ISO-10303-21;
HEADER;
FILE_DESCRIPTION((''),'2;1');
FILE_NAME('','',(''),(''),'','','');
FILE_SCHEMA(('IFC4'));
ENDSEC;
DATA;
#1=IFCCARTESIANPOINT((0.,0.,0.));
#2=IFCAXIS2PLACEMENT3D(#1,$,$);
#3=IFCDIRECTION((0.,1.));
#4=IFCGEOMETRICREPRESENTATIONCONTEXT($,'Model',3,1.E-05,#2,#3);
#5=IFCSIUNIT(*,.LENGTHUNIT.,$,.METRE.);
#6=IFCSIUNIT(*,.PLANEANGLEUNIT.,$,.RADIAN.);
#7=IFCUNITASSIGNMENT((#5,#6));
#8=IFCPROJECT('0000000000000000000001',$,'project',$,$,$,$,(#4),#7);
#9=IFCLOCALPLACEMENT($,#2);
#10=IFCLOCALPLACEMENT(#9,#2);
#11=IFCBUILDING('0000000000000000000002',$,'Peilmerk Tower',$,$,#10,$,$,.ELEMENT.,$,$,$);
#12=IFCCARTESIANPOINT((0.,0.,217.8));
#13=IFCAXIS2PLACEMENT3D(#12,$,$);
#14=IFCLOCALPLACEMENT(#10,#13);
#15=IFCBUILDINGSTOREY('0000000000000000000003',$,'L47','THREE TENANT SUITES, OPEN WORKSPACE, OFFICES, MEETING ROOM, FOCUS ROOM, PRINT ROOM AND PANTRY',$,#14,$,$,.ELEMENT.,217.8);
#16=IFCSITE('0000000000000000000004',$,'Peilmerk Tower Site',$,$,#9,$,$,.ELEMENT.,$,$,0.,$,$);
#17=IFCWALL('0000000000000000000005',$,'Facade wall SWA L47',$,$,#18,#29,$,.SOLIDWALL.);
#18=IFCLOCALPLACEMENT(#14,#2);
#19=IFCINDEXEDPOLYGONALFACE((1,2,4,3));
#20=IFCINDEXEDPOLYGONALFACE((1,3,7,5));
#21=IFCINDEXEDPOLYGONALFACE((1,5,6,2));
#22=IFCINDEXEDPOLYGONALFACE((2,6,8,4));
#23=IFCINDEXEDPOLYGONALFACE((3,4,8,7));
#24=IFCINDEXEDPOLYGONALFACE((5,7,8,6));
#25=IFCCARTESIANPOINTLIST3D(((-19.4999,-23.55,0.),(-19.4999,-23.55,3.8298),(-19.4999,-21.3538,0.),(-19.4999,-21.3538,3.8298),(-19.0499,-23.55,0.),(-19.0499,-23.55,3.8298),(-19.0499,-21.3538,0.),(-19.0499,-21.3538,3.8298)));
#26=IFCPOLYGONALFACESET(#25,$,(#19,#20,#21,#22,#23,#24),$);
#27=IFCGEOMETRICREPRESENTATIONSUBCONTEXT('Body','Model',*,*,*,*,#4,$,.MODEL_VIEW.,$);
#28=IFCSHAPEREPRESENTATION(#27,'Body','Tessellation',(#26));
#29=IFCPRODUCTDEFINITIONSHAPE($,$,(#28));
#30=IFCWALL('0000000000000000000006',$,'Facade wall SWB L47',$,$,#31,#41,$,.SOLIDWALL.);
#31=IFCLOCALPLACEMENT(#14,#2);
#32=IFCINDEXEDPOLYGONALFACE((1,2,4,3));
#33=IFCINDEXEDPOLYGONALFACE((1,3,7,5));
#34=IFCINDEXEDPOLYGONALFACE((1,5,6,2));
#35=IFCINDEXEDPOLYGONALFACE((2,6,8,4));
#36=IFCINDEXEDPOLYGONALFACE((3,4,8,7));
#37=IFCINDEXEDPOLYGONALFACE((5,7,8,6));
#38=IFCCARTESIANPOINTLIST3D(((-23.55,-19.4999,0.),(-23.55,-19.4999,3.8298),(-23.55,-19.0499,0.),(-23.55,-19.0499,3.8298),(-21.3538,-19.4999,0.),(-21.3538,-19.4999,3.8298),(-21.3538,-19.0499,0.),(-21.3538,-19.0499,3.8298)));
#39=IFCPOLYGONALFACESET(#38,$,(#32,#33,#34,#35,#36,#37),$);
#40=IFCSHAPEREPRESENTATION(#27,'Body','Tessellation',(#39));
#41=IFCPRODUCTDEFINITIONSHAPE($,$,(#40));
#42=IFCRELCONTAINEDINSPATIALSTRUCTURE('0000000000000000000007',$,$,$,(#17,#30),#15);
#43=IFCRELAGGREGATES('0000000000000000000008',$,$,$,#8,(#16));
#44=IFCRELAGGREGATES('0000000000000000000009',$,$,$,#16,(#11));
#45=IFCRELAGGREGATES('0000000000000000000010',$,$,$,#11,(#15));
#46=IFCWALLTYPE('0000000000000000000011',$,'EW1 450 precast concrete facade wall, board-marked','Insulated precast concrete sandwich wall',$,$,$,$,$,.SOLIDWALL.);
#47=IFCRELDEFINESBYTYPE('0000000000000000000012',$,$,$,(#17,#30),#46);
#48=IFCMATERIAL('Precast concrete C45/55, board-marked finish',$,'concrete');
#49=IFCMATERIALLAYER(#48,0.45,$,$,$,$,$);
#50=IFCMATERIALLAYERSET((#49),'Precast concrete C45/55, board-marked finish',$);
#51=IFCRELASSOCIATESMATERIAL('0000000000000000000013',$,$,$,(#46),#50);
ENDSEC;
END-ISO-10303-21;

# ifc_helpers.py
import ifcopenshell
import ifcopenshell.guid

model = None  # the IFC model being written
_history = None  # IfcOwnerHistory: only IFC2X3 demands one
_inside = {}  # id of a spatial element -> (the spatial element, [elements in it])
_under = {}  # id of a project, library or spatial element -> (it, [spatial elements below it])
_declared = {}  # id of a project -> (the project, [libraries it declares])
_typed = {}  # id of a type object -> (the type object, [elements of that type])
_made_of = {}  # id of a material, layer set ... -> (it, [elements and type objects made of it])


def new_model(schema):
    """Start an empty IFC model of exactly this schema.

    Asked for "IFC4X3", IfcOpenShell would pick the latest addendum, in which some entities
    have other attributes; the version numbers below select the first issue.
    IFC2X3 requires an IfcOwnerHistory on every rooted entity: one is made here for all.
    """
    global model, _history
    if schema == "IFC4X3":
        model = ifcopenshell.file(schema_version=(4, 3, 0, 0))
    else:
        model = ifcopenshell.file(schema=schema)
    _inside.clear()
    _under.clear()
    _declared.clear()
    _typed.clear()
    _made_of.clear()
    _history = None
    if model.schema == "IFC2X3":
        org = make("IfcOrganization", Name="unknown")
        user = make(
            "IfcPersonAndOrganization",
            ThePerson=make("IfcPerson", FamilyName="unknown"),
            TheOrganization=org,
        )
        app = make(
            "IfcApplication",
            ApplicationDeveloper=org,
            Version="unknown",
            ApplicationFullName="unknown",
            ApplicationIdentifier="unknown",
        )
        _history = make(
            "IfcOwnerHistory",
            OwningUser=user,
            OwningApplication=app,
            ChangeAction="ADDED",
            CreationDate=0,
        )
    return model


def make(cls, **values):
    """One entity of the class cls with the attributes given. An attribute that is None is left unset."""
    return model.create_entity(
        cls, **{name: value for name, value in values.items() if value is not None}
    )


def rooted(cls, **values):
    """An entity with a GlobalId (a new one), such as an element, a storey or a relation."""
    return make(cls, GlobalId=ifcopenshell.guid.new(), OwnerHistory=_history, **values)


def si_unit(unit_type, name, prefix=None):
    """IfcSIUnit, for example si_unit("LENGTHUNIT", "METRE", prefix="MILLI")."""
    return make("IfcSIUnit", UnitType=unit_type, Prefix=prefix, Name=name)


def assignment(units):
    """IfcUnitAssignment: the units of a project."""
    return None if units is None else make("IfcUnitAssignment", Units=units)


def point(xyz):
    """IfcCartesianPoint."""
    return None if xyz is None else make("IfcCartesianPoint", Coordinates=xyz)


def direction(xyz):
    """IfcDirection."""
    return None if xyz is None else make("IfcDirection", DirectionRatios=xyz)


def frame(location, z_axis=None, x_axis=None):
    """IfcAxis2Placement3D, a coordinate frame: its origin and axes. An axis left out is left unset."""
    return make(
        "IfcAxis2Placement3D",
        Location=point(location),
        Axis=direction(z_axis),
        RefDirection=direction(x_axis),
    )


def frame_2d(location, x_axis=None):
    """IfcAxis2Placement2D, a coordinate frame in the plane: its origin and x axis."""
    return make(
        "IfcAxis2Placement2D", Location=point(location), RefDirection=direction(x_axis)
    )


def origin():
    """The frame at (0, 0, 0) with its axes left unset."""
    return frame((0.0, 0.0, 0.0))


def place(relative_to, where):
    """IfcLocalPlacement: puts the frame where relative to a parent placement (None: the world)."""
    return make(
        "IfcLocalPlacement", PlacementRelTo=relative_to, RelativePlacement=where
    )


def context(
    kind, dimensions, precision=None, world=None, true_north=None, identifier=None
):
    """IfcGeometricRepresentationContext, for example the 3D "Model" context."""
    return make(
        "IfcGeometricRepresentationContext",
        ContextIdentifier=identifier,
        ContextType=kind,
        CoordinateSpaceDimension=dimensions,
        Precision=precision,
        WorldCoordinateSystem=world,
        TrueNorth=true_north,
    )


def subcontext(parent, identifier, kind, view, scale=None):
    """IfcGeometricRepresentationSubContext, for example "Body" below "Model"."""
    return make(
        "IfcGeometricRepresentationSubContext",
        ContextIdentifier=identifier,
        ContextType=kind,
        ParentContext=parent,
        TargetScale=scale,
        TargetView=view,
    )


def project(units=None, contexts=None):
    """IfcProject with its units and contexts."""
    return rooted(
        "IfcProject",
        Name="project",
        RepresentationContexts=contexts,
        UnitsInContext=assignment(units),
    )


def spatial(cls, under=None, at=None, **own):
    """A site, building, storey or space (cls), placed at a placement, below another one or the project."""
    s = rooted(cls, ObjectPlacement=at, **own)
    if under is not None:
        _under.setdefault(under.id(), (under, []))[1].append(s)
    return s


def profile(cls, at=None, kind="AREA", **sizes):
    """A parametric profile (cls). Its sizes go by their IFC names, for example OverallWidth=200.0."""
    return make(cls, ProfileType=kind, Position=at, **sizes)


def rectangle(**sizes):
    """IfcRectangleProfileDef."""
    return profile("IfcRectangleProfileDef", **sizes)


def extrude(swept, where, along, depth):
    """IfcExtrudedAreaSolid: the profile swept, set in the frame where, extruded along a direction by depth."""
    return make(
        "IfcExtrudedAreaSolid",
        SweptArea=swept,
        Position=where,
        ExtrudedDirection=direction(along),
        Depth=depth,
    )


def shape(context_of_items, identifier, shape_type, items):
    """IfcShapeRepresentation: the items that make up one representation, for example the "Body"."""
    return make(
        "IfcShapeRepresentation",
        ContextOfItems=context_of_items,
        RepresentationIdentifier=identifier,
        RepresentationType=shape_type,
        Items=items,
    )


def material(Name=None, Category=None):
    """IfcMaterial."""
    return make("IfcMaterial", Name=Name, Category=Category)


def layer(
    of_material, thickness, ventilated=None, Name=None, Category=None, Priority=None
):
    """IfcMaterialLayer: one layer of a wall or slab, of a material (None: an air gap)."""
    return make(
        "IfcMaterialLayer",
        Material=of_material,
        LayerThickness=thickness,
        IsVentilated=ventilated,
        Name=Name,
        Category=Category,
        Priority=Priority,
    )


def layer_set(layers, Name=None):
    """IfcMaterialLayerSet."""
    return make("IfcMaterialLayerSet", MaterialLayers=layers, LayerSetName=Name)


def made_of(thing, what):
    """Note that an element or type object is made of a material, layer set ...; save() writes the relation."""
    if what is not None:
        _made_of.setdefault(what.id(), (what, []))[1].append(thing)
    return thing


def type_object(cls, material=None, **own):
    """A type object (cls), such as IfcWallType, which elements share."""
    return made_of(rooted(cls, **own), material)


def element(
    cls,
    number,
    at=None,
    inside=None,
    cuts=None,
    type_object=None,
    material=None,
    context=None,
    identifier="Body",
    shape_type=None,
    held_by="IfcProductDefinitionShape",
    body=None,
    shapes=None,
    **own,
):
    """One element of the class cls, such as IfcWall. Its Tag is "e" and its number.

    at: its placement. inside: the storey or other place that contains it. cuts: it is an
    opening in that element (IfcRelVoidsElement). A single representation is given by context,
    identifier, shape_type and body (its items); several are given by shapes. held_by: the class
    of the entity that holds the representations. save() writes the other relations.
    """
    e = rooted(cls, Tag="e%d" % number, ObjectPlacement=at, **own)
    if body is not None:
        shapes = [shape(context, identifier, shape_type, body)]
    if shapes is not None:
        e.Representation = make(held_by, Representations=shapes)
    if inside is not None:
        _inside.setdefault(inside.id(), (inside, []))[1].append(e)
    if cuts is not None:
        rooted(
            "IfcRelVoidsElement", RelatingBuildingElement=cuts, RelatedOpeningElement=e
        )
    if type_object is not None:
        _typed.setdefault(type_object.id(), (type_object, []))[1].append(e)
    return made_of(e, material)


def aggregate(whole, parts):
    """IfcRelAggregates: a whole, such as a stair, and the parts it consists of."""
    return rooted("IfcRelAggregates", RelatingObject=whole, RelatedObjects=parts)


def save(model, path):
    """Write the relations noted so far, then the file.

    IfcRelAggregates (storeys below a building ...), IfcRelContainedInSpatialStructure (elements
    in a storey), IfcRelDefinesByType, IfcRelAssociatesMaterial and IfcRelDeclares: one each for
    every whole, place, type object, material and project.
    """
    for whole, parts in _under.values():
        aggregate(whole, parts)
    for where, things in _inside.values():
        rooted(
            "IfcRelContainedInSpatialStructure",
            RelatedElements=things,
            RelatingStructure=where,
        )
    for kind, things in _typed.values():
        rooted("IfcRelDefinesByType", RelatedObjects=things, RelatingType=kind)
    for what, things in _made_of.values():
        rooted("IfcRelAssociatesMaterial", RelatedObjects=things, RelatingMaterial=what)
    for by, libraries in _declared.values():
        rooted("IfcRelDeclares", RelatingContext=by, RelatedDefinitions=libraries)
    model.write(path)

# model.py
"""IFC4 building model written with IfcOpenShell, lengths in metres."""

from ifc_helpers import new_model, si_unit, direction, frame, frame_2d, origin, place, context, subcontext, project, spatial, rectangle, extrude, material, layer, layer_set, type_object, element, save


model = new_model("IFC4")

# Units and contexts
model_context = context("Model", 3, precision=1e-05, world=origin(), true_north=direction((0.0, 1.0)))
body_context = subcontext(model_context, "Body", "Model", "MODEL_VIEW")
ifc_project = project(units=[si_unit("LENGTHUNIT", "METRE"), si_unit("PLANEANGLEUNIT", "RADIAN")], contexts=[model_context])

# Site, building, storey
site_placement = place(None, origin())
site = spatial("IfcSite", under=ifc_project, at=site_placement, Name="Peilmerk Tower Site", CompositionType="ELEMENT", RefElevation=0.0)
building_placement = place(site_placement, origin())
building = spatial("IfcBuilding", under=site, at=building_placement, Name="Peilmerk Tower", CompositionType="ELEMENT")
storey_placement = place(building_placement, frame((0.0, 0.0, 217.8)))
storey = spatial("IfcBuildingStorey", under=building, at=storey_placement, Name="L47", Description="THREE TENANT SUITES, OPEN WORKSPACE, OFFICES, MEETING ROOM, FOCUS ROOM, PRINT ROOM AND PANTRY", CompositionType="ELEMENT", Elevation=217.8)

# Shared definitions
ifc_material_1 = material(Name="Precast concrete C45/55, board-marked finish", Category="concrete")
ifc_layer_1 = layer(ifc_material_1, 0.45)
ifc_layer_set_1 = layer_set([ifc_layer_1], Name="Precast concrete C45/55, board-marked finish")
wall_type = type_object("IfcWallType", Name="EW1 450 precast concrete facade wall, board-marked", Description="Insulated precast concrete sandwich wall", PredefinedType="SOLIDWALL", material=ifc_layer_set_1)

# Walls
for number, where, z_axis, x_axis, name in (
    (1, (-19.2749, -21.3538, 0.0), (0.0, 0.0, 1.0), (0.0, -1.0, 0.0), "Facade wall SWA L47"),
    (2, (-21.3538, -19.2749, 0.0), (0.0, 0.0, 1.0), (-1.0, 0.0, 0.0), "Facade wall SWB L47"),
):
    element("IfcWall", number, at=place(storey_placement, frame(where, z_axis=z_axis, x_axis=x_axis)), inside=storey, type_object=wall_type, Name=name, PredefinedType="SOLIDWALL", context=body_context, shape_type="SweptSolid", body=[
        extrude(rectangle(XDim=2.1963, YDim=0.45, at=frame_2d((1.0981, 0.0))), origin(), (0.0, 0.0, 1.0), 3.8298),
    ])

save(model, "model.ifc")
